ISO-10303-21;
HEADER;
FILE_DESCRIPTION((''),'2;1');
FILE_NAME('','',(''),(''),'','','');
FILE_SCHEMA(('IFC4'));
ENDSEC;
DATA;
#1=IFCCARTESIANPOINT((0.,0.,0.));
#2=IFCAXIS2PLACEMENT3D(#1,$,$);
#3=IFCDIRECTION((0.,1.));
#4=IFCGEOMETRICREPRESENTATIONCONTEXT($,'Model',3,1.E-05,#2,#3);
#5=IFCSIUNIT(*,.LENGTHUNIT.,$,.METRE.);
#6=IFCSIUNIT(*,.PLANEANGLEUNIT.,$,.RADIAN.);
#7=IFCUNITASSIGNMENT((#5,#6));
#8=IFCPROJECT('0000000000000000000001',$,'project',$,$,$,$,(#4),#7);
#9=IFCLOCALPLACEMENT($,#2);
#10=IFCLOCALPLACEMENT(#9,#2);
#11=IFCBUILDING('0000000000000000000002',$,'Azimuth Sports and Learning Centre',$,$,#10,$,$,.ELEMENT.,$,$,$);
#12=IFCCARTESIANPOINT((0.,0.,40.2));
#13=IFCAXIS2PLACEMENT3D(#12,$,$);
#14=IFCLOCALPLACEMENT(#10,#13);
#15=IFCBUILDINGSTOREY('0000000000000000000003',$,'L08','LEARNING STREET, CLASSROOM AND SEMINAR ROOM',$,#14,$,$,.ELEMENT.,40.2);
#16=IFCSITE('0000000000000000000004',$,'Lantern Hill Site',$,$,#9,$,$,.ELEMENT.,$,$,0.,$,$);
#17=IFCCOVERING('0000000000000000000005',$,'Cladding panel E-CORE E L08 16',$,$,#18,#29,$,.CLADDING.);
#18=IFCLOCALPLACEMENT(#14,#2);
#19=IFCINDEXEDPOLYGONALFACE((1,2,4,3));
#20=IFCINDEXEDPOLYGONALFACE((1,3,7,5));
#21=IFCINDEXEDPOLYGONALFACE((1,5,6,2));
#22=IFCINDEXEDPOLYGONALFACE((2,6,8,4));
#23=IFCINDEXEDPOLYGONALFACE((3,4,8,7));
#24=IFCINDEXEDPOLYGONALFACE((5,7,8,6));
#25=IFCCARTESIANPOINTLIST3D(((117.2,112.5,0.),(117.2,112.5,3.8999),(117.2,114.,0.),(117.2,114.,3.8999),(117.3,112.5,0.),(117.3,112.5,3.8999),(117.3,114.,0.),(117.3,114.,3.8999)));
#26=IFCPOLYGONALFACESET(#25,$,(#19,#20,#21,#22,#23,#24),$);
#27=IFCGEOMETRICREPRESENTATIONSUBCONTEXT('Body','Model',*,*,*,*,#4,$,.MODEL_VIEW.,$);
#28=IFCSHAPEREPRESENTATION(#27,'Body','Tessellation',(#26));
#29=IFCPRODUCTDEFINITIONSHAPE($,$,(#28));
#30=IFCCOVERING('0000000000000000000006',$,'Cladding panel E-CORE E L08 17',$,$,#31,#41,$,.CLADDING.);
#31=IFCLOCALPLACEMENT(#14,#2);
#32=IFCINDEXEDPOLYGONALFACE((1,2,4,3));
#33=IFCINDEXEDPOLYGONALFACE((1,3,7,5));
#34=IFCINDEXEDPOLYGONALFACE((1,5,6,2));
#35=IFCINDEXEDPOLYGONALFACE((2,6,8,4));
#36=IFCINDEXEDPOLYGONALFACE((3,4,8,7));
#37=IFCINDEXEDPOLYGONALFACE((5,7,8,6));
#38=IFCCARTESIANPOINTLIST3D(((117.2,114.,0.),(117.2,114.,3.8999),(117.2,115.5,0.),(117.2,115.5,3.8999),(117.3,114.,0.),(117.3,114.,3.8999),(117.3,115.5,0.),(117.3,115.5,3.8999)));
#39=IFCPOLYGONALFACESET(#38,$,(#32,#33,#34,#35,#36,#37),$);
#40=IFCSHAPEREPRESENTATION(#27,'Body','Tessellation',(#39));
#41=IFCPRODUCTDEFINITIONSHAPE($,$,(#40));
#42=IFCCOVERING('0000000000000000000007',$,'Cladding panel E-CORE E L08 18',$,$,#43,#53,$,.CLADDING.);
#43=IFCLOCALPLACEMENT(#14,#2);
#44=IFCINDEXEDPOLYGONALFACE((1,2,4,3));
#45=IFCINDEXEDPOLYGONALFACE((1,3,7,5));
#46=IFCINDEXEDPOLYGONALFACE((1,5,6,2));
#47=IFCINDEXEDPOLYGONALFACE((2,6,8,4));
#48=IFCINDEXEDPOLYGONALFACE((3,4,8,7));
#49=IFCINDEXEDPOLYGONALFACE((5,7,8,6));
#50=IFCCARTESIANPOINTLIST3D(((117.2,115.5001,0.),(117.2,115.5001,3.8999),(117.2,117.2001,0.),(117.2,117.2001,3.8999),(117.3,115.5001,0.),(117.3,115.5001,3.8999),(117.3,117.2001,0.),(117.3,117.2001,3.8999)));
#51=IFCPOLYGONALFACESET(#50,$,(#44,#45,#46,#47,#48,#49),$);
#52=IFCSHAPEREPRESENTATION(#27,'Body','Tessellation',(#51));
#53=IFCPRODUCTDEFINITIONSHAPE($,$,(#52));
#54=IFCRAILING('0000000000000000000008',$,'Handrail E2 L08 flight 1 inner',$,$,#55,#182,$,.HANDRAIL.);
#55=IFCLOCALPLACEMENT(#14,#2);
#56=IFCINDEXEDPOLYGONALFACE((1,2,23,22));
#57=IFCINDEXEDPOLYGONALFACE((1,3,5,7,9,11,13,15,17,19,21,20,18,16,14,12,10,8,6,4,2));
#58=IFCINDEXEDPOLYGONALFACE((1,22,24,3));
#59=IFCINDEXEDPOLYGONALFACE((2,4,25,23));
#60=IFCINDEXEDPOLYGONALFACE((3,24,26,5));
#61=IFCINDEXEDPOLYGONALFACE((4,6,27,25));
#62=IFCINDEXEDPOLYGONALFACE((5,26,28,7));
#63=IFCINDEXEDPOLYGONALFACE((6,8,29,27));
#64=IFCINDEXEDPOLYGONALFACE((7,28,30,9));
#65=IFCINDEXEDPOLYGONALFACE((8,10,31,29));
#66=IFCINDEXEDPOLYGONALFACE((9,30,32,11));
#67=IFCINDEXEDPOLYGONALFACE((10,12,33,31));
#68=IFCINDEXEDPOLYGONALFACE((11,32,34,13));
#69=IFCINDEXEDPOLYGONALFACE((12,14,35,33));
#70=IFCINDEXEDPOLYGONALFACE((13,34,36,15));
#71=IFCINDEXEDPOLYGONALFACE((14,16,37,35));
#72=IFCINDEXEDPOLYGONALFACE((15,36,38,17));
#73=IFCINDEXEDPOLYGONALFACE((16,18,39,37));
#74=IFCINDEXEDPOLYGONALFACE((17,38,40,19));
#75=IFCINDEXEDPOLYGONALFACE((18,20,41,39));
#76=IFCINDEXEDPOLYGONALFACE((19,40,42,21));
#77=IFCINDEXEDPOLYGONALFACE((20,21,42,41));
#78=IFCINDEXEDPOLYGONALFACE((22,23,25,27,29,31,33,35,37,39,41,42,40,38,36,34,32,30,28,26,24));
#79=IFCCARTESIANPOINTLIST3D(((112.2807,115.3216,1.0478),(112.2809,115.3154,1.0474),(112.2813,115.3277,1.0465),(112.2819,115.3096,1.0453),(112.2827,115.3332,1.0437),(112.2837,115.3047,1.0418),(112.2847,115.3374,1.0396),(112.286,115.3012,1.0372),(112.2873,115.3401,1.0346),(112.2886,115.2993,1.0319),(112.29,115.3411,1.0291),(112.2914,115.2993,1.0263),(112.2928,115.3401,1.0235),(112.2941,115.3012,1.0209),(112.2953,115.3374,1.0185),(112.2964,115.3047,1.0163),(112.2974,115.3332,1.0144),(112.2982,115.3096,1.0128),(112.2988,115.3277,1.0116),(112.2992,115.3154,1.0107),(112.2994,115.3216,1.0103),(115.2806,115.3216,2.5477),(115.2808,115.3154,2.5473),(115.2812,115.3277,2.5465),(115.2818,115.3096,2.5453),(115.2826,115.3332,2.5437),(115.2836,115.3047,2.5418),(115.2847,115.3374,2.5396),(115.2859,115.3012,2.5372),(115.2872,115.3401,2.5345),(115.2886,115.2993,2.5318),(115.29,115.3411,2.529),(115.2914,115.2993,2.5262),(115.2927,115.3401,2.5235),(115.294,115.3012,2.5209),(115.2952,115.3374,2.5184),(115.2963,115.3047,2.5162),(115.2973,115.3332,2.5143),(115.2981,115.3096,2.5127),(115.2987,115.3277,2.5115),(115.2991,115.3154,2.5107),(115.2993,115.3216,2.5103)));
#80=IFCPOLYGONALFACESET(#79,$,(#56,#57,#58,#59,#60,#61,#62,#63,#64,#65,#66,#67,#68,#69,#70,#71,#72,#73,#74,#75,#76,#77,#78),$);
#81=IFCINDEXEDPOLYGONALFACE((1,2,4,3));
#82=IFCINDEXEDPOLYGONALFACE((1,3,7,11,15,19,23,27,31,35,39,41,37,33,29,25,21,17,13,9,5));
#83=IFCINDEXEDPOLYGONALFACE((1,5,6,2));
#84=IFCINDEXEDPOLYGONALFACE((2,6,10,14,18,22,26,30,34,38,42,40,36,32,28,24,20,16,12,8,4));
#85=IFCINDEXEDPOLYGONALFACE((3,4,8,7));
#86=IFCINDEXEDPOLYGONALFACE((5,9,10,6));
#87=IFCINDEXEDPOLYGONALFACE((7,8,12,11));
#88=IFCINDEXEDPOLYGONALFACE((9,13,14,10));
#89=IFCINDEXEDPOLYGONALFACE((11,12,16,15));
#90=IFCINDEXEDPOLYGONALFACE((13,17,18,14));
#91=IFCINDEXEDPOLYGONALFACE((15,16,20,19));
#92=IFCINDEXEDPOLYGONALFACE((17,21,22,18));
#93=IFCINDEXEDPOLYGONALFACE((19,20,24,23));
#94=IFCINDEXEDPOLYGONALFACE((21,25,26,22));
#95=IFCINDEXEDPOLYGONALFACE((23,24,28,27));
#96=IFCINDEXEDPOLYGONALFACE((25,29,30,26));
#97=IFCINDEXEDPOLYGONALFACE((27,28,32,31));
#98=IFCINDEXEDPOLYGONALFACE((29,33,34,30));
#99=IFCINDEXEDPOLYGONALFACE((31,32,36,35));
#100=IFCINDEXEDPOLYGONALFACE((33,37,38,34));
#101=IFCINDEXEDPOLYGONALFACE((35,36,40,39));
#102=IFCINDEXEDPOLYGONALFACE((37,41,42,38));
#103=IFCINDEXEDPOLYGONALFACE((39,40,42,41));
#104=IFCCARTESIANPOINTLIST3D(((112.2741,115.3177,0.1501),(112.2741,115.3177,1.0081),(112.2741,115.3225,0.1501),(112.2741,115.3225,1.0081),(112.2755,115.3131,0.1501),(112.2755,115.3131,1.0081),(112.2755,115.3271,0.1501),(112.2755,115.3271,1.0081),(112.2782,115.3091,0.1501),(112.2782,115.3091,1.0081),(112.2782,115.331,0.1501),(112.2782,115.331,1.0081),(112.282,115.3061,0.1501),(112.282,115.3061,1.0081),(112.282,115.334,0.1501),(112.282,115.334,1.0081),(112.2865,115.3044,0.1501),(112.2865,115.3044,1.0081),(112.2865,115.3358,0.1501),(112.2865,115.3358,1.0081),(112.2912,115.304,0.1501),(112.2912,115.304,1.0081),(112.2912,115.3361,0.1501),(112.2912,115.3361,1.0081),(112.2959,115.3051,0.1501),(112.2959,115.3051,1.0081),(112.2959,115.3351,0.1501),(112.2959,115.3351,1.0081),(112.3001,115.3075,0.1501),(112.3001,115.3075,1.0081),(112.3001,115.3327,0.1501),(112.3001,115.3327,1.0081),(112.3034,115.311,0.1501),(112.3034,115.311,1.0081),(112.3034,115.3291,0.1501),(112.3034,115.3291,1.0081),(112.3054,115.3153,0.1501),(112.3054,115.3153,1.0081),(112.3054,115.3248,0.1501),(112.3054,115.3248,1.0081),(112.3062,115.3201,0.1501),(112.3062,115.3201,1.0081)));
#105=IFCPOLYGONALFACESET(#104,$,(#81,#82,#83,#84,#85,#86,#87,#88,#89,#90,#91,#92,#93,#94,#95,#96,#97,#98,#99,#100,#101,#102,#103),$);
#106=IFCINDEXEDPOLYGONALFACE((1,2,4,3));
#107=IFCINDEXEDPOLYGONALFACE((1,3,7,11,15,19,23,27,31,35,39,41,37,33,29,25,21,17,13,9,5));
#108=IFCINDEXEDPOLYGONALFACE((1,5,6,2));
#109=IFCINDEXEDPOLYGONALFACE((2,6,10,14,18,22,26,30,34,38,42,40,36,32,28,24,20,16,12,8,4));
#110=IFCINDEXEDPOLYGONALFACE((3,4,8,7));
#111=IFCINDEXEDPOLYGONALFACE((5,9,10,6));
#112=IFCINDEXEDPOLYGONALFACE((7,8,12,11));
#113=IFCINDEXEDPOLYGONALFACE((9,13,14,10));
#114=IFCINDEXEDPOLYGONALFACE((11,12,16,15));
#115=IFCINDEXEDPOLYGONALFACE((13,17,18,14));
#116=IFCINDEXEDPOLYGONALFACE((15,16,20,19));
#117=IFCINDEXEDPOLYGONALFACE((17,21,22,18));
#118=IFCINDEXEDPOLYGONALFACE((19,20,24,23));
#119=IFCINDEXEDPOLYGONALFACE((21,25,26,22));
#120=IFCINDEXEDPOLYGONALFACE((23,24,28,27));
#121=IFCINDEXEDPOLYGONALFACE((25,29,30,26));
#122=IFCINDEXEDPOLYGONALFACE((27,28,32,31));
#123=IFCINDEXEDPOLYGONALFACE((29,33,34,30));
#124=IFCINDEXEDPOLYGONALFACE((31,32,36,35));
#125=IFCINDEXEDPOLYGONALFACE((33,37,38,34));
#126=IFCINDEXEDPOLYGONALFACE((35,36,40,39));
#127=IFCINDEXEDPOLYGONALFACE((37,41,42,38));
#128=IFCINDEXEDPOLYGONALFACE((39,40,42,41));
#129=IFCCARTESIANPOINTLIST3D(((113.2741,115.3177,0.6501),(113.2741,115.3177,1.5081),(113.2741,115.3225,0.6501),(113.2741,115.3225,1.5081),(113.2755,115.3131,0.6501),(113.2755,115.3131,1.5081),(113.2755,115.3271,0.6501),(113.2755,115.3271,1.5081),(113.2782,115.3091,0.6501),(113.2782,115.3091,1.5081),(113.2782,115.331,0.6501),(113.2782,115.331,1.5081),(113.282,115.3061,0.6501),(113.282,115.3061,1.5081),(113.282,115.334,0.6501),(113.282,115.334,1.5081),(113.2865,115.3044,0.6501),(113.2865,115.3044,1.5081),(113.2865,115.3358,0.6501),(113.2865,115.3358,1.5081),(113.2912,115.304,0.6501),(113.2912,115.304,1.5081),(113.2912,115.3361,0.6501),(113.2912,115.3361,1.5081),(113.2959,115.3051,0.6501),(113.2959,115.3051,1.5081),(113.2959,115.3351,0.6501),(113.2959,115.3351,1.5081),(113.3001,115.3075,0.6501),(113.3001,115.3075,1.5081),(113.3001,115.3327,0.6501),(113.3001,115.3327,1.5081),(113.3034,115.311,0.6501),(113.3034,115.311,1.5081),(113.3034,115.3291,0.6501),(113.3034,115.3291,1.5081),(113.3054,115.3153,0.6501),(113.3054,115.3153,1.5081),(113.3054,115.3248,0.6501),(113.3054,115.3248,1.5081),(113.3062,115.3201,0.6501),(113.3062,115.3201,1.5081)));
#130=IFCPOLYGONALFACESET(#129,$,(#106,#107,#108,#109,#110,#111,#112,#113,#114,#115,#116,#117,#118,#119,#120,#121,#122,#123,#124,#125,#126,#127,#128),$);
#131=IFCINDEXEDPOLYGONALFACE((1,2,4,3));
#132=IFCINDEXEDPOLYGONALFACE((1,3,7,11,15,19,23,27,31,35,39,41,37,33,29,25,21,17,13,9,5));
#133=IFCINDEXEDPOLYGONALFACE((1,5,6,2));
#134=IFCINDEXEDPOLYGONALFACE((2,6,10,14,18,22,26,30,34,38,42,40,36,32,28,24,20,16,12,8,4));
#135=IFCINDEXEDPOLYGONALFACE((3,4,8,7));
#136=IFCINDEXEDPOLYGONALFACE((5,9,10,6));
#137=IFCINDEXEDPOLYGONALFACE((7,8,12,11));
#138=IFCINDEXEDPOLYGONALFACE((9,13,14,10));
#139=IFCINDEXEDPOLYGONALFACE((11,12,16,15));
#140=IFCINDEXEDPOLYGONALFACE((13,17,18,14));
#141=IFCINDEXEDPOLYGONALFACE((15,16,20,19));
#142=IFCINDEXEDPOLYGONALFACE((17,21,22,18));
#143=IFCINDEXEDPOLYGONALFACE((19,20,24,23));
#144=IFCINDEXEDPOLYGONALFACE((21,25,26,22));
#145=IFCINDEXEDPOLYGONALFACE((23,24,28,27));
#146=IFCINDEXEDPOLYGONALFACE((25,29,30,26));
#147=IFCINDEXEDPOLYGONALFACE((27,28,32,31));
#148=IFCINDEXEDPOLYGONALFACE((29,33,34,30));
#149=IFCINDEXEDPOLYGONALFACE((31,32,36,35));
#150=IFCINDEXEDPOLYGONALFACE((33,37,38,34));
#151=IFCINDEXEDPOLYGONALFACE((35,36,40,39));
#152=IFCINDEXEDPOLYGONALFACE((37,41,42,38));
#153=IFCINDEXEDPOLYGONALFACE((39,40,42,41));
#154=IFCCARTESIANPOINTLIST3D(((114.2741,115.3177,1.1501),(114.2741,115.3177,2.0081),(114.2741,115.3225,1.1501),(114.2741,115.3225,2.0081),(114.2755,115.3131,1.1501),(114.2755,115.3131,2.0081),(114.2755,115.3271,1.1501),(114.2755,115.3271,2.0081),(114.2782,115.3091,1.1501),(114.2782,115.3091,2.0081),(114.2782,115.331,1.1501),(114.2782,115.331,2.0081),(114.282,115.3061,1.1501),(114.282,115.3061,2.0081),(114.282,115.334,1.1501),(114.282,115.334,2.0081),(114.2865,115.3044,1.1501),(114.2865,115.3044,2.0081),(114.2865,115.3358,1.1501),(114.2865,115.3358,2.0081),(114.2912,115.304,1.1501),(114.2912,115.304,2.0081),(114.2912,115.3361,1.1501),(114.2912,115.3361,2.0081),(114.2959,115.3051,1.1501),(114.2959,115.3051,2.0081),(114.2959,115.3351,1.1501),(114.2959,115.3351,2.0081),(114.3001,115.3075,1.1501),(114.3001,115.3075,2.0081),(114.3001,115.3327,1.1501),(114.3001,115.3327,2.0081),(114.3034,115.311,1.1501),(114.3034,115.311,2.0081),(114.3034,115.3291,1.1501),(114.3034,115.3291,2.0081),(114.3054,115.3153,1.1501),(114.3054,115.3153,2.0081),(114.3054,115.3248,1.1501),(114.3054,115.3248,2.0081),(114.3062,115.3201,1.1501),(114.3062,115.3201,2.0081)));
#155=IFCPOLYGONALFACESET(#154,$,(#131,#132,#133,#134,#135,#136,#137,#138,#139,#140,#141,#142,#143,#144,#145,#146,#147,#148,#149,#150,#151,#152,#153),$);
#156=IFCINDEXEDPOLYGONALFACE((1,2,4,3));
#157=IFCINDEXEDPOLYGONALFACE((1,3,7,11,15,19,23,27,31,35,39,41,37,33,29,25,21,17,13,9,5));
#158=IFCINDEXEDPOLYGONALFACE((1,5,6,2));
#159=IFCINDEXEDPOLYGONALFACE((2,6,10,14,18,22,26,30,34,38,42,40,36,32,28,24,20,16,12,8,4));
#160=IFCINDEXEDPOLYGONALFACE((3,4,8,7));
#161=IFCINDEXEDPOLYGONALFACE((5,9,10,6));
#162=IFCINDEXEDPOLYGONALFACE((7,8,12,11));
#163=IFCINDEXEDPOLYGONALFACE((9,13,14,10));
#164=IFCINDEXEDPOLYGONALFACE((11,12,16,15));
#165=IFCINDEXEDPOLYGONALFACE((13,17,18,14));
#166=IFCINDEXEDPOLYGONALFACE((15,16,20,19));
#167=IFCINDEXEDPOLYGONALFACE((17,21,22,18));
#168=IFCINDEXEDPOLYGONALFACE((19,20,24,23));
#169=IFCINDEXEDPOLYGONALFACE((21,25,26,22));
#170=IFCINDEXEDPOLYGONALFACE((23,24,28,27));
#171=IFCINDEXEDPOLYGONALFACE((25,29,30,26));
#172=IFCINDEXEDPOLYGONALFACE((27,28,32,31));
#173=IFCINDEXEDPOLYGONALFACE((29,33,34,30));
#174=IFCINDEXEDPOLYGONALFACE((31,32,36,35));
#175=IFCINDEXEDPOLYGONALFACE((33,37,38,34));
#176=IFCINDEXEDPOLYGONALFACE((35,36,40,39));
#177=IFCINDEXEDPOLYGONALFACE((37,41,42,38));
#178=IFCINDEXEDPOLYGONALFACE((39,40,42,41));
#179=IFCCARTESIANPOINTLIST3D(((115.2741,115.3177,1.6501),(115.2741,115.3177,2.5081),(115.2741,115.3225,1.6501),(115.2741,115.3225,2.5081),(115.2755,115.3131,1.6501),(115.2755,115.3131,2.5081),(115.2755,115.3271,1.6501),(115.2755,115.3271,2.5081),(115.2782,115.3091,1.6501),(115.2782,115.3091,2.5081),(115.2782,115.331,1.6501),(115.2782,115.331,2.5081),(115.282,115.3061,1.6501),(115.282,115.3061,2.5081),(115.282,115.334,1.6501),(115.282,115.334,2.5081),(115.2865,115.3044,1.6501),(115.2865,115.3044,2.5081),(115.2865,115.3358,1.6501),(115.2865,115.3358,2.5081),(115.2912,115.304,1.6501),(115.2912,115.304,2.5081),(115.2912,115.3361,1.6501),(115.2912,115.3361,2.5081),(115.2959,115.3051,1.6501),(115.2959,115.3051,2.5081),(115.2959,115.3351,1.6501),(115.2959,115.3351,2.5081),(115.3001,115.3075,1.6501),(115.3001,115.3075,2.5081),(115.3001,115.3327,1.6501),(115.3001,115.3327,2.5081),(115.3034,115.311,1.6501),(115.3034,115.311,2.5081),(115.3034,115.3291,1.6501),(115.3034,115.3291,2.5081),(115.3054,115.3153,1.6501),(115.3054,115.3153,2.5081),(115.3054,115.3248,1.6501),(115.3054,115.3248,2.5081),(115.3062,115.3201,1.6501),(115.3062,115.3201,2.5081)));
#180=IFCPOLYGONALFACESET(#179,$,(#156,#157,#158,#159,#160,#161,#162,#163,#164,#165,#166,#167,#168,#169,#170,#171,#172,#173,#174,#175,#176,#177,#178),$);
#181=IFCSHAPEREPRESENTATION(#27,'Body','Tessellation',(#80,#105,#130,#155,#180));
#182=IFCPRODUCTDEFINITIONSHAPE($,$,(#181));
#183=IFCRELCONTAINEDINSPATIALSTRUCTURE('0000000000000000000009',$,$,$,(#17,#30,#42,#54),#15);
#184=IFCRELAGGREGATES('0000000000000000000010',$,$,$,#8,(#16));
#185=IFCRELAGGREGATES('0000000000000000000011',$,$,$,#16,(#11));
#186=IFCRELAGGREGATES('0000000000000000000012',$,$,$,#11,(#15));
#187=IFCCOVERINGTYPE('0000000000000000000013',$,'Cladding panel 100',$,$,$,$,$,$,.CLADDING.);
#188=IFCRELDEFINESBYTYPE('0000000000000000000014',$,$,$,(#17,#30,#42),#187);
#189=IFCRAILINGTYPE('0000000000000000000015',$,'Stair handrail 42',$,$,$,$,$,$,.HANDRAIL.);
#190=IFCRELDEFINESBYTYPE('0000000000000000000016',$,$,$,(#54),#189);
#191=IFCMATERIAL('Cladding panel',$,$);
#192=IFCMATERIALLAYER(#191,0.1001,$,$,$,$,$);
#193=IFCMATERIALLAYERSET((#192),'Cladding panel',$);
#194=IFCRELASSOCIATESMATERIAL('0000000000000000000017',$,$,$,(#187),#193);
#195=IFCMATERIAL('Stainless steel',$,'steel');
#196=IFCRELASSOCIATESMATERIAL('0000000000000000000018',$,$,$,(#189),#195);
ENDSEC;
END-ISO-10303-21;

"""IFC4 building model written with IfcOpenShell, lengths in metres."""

from ifc_helpers import new_model, si_unit, direction, frame, origin, origin_2d, place, context, subcontext, project, spatial, rectangle, circle, extrude, material, layer, layer_set, type_object, element, save


model = new_model("IFC4")

# Units and contexts
model_context = context("Model", 3, precision=1e-05, world=origin(), true_north=direction((0.0, 1.0)))
body_context = subcontext(model_context, "Body", "Model", "MODEL_VIEW")
ifc_project = project(units=[si_unit("LENGTHUNIT", "METRE"), si_unit("PLANEANGLEUNIT", "RADIAN")], contexts=[model_context])

# Site, building, storey
site_placement = place(None, origin())
site = spatial("IfcSite", under=ifc_project, at=site_placement, Name="Lantern Hill Site", CompositionType="ELEMENT", RefElevation=0.0)
building_placement = place(site_placement, origin())
building = spatial("IfcBuilding", under=site, at=building_placement, Name="Azimuth Sports and Learning Centre", CompositionType="ELEMENT")
storey_placement = place(building_placement, frame((0.0, 0.0, 40.2)))
storey = spatial("IfcBuildingStorey", under=building, at=storey_placement, Name="L08", Description="LEARNING STREET, CLASSROOM AND SEMINAR ROOM", CompositionType="ELEMENT", Elevation=40.2)

# Coverings
ifc_material_1 = material(Name="Cladding panel")
ifc_layer_1 = layer(ifc_material_1, 0.1001)
ifc_layer_set_1 = layer_set([ifc_layer_1], Name="Cladding panel")
covering_type = type_object("IfcCoveringType", Name="Cladding panel 100", PredefinedType="CLADDING", material=ifc_layer_set_1)
for number, where, z_axis, x_axis, name in (
    (1, (117.25, 113.25, 0.0), (0.0, 0.0, 1.0), (0.0, 1.0, 0.0), "Cladding panel E-CORE E L08 16"),
    (2, (117.25, 114.75, 0.0), (0.0, 0.0, 1.0), (0.0, 1.0, 0.0), "Cladding panel E-CORE E L08 17"),
):
    element("IfcCovering", number, at=place(storey_placement, frame(where, z_axis=z_axis, x_axis=x_axis)), inside=storey, type_object=covering_type, Name=name, PredefinedType="CLADDING", context=body_context, shape_type="SweptSolid", body=[
        extrude(rectangle(XDim=1.5, YDim=0.1001, at=origin_2d()), origin(), (0.0, 0.0, 1.0), 3.8999),
    ])
covering_placement = place(storey_placement, frame((117.25, 116.3501, 0.0), z_axis=(0.0, 0.0, 1.0), x_axis=(0.0, 1.0, 0.0)))
element("IfcCovering", 3, at=covering_placement, inside=storey, type_object=covering_type, Name="Cladding panel E-CORE E L08 18", PredefinedType="CLADDING", context=body_context, shape_type="SweptSolid", body=[
    extrude(rectangle(XDim=1.7, YDim=0.1001, at=origin_2d()), origin(), (0.0, 0.0, 1.0), 3.8999),
])

# Railing
ifc_material_2 = material(Name="Stainless steel", Category="steel")
railing_type_1 = type_object("IfcRailingType", Name="Stair handrail 42", PredefinedType="HANDRAIL", material=ifc_material_2)
for number, where, name in (
    (4, (112.29, 115.3201, 0.1501), "Handrail E2 L08 flight 1 inner"),
):
    element("IfcRailing", number, at=place(storey_placement, frame(where)), inside=storey, type_object=railing_type_1, Name=name, PredefinedType="HANDRAIL", context=body_context, shape_type="SweptSolid", body=[
        extrude(circle(Radius=0.021, at=origin_2d()), frame((0.0, 0.0, 0.8789), z_axis=(0.894427, 0.0, 0.447214), x_axis=(0.0, 1.0, 0.0)), (0.0, 0.0, 1.0), 3.354),
        extrude(circle(Radius=0.0161, at=origin_2d()), origin(), (0.0, 0.0, 1.0), 0.8579),
        extrude(circle(Radius=0.0161, at=origin_2d()), frame((1.0, 0.0, 0.5)), (0.0, 0.0, 1.0), 0.8579),
        extrude(circle(Radius=0.0161, at=origin_2d()), frame((2.0, 0.0, 1.0)), (0.0, 0.0, 1.0), 0.8579),
        extrude(circle(Radius=0.0161, at=origin_2d()), frame((3.0, 0.0, 1.5)), (0.0, 0.0, 1.0), 0.8579),
    ])

save(model, "model.ifc")
